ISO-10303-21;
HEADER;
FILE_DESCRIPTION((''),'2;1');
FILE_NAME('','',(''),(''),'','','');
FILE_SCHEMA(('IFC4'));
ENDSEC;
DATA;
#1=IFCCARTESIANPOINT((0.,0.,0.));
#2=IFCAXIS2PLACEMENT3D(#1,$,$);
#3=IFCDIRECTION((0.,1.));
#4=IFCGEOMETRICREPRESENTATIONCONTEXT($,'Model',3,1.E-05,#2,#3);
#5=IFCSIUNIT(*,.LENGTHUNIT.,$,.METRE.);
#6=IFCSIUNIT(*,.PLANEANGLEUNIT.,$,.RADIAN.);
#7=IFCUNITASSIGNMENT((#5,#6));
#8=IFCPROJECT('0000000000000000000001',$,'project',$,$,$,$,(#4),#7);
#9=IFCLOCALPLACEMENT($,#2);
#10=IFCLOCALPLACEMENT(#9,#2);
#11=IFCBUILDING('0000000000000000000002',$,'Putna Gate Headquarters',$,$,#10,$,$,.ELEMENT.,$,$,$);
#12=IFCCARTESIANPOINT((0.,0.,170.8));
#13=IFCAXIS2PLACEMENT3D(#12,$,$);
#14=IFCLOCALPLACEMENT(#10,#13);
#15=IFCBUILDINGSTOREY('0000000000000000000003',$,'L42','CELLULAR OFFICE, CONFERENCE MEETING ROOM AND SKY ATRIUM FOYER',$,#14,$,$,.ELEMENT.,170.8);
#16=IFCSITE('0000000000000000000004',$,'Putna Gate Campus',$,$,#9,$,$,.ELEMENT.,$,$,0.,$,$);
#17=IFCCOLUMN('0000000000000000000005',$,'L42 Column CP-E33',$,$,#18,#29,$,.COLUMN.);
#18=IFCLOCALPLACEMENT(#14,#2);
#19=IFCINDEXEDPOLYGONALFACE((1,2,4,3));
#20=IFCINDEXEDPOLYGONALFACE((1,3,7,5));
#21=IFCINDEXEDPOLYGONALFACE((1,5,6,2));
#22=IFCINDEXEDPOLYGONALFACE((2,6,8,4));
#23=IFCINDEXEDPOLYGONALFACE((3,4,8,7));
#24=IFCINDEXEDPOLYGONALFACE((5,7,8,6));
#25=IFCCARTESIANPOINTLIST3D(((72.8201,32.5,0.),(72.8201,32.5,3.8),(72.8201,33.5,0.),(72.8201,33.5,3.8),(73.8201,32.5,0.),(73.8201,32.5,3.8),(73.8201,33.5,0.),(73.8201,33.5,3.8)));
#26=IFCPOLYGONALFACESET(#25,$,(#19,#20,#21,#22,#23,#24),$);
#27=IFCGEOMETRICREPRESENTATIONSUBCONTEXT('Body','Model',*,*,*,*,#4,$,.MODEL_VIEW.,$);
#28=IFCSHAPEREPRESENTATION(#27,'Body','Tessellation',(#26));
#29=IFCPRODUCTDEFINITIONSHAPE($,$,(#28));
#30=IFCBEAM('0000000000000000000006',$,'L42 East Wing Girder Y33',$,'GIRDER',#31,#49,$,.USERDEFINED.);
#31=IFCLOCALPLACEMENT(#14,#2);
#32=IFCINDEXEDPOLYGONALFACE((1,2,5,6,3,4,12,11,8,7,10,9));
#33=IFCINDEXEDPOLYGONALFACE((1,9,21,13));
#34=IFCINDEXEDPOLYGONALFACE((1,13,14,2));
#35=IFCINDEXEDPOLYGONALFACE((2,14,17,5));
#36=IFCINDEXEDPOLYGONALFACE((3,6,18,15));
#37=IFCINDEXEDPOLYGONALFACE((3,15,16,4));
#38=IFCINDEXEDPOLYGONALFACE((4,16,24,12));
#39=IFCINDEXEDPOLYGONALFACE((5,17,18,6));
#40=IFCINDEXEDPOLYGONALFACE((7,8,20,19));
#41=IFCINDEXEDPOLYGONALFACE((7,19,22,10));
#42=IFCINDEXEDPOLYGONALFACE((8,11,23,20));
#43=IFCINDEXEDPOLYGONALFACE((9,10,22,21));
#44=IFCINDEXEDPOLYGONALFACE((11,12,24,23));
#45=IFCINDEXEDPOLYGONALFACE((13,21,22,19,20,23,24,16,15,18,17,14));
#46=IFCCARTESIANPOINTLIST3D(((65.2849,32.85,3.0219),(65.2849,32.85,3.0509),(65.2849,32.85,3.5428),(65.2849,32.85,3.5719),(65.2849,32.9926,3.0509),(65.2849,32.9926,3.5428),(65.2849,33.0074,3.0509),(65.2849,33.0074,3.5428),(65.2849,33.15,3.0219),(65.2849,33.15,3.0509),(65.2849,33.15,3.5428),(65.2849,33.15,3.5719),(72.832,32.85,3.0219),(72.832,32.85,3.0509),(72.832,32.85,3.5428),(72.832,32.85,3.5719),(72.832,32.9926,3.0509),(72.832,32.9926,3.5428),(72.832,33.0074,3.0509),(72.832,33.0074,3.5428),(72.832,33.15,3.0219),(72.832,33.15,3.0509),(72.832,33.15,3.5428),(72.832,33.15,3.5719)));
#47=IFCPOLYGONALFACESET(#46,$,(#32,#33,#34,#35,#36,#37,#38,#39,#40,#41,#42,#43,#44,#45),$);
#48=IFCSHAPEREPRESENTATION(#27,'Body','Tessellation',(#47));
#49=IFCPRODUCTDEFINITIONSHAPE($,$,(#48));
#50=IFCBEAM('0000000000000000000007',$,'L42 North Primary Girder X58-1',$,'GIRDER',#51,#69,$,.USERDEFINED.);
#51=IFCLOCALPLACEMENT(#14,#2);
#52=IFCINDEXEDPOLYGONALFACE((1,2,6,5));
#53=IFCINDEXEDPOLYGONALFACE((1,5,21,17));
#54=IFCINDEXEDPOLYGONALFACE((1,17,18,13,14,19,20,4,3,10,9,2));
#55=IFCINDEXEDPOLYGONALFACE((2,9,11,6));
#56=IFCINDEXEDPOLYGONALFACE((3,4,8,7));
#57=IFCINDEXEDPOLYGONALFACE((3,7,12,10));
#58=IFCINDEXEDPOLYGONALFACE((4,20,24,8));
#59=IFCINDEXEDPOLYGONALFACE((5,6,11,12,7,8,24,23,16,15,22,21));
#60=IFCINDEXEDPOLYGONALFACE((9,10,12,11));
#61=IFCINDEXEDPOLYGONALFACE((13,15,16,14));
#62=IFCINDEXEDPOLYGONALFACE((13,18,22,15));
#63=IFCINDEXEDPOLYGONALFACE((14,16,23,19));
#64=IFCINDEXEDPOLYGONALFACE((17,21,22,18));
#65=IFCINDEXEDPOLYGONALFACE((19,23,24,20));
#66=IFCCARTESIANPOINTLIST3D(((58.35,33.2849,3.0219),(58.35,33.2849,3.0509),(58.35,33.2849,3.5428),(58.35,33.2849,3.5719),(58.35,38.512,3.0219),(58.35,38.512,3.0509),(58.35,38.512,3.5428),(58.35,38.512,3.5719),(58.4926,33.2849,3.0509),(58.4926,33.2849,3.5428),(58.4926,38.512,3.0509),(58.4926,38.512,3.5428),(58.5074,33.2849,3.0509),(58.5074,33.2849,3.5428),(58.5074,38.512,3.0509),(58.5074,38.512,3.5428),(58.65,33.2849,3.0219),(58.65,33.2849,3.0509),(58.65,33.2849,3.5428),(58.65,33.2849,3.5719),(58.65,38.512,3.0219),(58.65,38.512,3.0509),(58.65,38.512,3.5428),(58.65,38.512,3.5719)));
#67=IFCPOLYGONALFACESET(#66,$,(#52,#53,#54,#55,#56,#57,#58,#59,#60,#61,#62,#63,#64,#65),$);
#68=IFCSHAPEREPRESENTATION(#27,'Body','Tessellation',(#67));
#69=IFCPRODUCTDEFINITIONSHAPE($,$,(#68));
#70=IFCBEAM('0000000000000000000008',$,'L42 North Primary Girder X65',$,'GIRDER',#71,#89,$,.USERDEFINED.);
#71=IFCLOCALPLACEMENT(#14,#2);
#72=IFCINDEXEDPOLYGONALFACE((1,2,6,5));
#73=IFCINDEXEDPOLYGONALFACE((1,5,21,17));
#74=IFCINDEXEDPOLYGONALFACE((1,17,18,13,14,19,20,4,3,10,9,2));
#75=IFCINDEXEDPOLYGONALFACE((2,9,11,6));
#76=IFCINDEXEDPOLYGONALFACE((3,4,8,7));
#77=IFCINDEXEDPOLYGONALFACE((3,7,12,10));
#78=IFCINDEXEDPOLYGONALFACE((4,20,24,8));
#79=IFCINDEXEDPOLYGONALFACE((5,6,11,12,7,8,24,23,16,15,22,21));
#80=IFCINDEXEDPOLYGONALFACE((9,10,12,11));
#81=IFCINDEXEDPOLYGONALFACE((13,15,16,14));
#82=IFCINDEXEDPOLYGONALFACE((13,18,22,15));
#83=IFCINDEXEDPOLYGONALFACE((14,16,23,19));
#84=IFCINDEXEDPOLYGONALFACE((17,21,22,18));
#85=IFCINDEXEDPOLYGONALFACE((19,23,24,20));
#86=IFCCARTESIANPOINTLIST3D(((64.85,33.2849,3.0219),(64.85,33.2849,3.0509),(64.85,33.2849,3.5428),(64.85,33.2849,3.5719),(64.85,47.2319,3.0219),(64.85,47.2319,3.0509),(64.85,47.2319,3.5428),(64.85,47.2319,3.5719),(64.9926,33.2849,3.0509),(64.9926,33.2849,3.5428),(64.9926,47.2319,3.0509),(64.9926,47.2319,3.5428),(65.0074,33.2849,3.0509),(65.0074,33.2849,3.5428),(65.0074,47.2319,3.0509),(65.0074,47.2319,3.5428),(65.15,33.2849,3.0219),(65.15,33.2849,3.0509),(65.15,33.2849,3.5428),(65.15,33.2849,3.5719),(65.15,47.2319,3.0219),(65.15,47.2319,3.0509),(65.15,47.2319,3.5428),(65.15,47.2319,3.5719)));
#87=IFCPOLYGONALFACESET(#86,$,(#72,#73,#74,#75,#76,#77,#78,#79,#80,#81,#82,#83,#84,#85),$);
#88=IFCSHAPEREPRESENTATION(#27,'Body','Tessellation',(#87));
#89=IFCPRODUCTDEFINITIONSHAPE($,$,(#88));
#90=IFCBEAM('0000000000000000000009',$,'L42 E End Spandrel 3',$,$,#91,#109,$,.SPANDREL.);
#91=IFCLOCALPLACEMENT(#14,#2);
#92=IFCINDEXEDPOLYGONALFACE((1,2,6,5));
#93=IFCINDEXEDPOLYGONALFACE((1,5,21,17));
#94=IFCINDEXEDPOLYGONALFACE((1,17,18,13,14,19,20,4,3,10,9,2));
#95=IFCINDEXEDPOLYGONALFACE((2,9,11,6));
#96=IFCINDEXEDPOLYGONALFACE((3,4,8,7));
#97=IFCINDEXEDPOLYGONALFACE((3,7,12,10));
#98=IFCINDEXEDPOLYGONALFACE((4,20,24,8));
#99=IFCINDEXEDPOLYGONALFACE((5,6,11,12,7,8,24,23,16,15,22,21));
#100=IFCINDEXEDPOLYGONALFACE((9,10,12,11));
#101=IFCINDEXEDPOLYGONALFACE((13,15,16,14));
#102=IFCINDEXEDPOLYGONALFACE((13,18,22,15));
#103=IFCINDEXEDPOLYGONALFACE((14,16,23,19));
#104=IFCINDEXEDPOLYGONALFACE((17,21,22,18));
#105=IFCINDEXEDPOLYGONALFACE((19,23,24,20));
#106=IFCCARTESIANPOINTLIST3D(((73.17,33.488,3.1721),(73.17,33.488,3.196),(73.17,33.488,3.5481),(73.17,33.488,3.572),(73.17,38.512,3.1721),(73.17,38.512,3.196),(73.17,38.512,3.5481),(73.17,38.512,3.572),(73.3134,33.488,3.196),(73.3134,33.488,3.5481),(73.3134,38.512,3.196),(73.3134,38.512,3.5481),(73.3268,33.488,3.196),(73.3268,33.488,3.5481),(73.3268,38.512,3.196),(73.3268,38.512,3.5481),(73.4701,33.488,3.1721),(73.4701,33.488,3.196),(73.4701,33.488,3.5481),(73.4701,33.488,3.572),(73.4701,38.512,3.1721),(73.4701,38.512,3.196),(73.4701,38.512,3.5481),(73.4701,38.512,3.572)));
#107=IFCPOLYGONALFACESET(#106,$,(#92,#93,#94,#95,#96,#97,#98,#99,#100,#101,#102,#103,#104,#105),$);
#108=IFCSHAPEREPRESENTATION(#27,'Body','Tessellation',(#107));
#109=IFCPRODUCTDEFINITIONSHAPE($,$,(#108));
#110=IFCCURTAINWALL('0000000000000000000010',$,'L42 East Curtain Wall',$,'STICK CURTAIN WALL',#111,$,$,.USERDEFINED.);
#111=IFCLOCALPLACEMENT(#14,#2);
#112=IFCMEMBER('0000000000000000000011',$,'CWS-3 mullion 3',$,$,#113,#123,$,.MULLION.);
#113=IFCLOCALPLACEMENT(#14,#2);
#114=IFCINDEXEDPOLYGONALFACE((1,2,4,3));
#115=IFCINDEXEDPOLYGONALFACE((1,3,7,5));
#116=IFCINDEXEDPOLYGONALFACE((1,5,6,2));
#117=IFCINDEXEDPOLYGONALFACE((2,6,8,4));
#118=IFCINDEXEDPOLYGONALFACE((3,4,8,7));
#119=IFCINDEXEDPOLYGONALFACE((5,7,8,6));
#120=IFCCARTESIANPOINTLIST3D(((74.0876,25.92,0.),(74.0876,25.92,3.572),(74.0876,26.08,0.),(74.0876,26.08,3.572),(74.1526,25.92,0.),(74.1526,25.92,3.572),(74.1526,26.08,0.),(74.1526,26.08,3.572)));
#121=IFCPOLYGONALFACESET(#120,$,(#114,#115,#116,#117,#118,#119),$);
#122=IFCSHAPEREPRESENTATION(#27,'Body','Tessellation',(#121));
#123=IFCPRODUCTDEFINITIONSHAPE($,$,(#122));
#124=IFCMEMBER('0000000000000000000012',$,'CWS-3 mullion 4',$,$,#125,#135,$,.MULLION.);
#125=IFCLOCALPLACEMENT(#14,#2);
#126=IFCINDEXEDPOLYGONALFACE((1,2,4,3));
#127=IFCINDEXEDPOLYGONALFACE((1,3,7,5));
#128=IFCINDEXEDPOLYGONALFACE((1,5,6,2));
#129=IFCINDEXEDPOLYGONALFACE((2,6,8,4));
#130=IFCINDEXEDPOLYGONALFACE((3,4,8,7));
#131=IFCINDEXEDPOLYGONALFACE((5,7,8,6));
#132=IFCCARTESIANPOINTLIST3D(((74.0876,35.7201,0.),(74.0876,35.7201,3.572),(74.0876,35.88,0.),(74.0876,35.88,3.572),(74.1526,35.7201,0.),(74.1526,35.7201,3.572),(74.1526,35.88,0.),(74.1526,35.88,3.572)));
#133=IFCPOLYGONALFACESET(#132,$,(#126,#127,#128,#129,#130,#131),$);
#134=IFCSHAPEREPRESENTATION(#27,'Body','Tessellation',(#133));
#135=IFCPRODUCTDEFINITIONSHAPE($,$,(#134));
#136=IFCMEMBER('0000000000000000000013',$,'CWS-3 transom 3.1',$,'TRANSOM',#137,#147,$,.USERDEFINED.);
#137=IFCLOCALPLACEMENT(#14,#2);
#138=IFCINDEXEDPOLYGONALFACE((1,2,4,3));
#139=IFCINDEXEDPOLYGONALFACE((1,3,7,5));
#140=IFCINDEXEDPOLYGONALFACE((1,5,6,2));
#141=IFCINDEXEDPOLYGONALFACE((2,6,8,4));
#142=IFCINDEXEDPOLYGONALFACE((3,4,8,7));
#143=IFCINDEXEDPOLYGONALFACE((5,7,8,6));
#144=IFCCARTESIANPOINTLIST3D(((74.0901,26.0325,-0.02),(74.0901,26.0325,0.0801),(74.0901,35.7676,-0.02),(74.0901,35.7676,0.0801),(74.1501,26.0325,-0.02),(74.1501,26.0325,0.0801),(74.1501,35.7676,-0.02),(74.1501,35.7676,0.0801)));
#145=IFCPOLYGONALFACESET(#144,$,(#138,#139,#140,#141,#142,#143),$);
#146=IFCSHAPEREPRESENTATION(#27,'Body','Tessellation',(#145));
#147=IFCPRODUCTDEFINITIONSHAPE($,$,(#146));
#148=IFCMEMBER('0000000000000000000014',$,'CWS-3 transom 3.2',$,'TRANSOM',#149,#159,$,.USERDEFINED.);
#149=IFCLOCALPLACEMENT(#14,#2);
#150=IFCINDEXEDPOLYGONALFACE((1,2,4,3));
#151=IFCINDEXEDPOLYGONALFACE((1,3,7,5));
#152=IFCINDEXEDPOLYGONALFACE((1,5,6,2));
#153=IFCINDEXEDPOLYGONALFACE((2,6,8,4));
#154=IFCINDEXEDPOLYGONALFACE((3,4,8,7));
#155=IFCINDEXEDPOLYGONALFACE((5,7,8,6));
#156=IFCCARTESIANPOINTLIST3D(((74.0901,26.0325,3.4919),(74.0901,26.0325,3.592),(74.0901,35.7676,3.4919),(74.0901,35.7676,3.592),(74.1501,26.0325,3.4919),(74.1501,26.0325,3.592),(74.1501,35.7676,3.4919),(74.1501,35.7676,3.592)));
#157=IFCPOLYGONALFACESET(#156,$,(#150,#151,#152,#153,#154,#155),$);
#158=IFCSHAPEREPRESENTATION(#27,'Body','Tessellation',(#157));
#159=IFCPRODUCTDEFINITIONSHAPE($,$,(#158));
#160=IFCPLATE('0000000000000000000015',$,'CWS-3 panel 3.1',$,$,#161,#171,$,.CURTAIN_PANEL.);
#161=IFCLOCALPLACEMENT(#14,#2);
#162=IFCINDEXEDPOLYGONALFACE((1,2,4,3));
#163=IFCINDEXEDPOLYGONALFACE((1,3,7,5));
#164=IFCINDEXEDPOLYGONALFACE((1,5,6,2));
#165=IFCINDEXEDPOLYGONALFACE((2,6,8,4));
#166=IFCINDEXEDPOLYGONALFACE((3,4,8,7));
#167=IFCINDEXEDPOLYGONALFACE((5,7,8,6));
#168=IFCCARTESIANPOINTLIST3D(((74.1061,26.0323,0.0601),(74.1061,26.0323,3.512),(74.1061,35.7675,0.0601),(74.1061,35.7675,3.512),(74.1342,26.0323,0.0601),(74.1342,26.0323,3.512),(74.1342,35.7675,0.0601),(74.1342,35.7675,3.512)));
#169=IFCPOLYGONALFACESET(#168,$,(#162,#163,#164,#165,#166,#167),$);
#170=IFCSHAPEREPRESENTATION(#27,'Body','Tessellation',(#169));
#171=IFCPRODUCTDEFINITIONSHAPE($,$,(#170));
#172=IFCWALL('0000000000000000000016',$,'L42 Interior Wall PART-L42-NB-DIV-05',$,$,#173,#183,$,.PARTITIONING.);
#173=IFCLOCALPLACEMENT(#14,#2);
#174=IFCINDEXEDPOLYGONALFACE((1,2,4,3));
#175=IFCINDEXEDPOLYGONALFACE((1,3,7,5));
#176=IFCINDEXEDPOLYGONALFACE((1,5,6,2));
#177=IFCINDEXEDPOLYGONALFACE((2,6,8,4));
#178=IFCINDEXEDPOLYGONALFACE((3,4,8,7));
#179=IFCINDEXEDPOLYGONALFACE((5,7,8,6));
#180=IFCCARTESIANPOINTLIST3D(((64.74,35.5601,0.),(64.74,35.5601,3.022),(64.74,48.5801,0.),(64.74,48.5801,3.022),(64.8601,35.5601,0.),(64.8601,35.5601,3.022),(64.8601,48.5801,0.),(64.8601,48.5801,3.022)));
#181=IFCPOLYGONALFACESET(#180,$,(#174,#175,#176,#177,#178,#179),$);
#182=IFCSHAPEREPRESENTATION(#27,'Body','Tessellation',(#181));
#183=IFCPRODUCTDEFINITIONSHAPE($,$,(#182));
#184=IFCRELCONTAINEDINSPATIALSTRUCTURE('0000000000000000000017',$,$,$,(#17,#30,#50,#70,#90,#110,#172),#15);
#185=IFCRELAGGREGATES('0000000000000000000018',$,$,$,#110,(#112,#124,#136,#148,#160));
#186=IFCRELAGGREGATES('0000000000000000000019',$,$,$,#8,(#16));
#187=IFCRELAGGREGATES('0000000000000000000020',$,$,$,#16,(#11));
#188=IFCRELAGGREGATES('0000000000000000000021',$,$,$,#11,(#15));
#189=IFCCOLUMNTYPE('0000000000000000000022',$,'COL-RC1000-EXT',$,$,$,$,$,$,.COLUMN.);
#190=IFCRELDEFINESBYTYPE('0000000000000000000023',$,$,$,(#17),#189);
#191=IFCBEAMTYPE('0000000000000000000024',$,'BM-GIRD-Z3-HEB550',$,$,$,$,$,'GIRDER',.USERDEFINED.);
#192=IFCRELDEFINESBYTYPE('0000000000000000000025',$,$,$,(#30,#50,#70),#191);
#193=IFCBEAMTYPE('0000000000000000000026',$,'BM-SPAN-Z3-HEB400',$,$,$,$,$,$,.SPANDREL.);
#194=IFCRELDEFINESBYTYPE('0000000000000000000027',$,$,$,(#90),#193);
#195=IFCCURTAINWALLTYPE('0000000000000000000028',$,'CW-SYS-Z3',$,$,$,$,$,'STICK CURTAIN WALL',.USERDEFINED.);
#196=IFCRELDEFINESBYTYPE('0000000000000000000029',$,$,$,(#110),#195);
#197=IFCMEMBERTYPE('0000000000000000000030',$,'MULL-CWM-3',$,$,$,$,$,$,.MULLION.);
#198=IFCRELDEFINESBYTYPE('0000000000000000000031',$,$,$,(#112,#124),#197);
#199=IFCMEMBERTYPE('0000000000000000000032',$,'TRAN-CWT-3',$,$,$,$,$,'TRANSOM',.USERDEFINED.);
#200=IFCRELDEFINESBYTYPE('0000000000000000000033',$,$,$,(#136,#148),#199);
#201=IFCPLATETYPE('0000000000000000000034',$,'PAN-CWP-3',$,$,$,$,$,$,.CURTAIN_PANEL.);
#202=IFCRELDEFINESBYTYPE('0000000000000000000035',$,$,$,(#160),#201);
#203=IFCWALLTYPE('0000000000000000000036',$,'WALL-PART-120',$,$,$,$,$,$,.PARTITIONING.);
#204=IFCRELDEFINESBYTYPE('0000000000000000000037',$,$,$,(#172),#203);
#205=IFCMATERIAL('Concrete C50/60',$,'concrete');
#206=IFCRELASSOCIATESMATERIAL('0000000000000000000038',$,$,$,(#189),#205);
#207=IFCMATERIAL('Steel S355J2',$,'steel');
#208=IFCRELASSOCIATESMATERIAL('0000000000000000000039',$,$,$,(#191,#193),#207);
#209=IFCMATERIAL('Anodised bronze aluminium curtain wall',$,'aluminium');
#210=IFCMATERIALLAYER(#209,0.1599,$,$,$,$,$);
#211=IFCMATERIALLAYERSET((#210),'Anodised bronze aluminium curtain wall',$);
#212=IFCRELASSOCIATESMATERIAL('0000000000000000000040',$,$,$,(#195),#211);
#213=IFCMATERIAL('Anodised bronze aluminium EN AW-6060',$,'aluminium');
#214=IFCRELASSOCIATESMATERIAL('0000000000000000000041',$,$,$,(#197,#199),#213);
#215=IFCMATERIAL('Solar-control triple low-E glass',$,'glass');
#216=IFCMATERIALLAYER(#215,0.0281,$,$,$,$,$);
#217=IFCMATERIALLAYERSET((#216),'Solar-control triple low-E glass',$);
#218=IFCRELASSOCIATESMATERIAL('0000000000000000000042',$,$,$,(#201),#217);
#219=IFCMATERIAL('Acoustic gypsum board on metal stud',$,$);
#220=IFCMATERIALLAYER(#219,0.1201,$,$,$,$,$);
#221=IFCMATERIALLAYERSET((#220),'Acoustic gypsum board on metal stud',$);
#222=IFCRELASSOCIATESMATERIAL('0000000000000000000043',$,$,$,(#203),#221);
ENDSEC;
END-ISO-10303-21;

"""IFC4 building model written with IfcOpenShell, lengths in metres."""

from ifc_helpers import new_model, si_unit, direction, frame, frame_2d, origin, origin_2d, place, context, subcontext, project, spatial, rectangle, i_section, extrude, material, layer, layer_set, material_profile, profile_set, type_object, element, aggregate, save


model = new_model("IFC4")

# Units and contexts
model_context = context("Model", 3, precision=1e-05, world=origin(), true_north=direction((0.0, 1.0)))
body_context = subcontext(model_context, "Body", "Model", "MODEL_VIEW")
ifc_project = project(units=[si_unit("LENGTHUNIT", "METRE"), si_unit("PLANEANGLEUNIT", "RADIAN")], contexts=[model_context])

# Site, building, storey
site_placement = place(None, origin())
site = spatial("IfcSite", under=ifc_project, at=site_placement, Name="Putna Gate Campus", CompositionType="ELEMENT", RefElevation=0.0)
building_placement = place(site_placement, origin())
building = spatial("IfcBuilding", under=site, at=building_placement, Name="Putna Gate Headquarters", CompositionType="ELEMENT")
storey_placement = place(building_placement, frame((0.0, 0.0, 170.8)))
storey = spatial("IfcBuildingStorey", under=building, at=storey_placement, Name="L42", Description="CELLULAR OFFICE, CONFERENCE MEETING ROOM AND SKY ATRIUM FOYER", CompositionType="ELEMENT", Elevation=170.8)

# Column
ifc_material_1 = material(Name="Concrete C50/60", Category="concrete")
ifc_material_profile_1 = material_profile(ifc_material_1, rectangle(XDim=1.0, YDim=1.0, at=origin_2d()), Name="Concrete C50/60")
ifc_profile_set_1 = profile_set([ifc_material_profile_1], Name="Concrete C50/60")
column_type = type_object("IfcColumnType", Name="COL-RC1000-EXT", PredefinedType="COLUMN", material=ifc_profile_set_1)
column_placement = place(storey_placement, frame((73.3201, 33.0, 0.0), z_axis=(0.0, 0.0, 1.0), x_axis=(1.0, 0.0, 0.0)))
element("IfcColumn", 1, at=column_placement, inside=storey, type_object=column_type, Name="L42 Column CP-E33", PredefinedType="COLUMN", context=body_context, shape_type="SweptSolid", body=[
    extrude(rectangle(XDim=1.0, YDim=1.0, at=origin_2d()), origin(), (0.0, 0.0, 1.0), 3.8),
])

# Beams
ifc_material_2 = material(Name="Steel S355J2", Category="steel")
ifc_material_profile_2 = material_profile(ifc_material_2, i_section(OverallWidth=0.3, OverallDepth=0.55, WebThickness=0.0149, FlangeThickness=0.0291, at=origin_2d()), Name="Steel S355J2")
ifc_profile_set_2 = profile_set([ifc_material_profile_2], Name="Steel S355J2")
beam_type_1 = type_object("IfcBeamType", Name="BM-GIRD-Z3-HEB550", ElementType="GIRDER", PredefinedType="USERDEFINED", material=ifc_profile_set_2)
beam_1_placement = place(storey_placement, frame((65.2849, 33.0, 3.2969), z_axis=(1.0, 0.0, 0.0), x_axis=(0.0, 1.0, 0.0)))
element("IfcBeam", 2, at=beam_1_placement, inside=storey, type_object=beam_type_1, Name="L42 East Wing Girder Y33", ObjectType="GIRDER", PredefinedType="USERDEFINED", context=body_context, shape_type="SweptSolid", body=[
    extrude(i_section(OverallWidth=0.3, OverallDepth=0.55, WebThickness=0.0149, FlangeThickness=0.0291, at=origin_2d()), origin(), (0.0, 0.0, 1.0), 7.5471),
])
beam_2_placement = place(storey_placement, frame((58.5, 33.2849, 3.2969), z_axis=(0.0, 1.0, 0.0), x_axis=(-1.0, 0.0, 0.0)))
element("IfcBeam", 3, at=beam_2_placement, inside=storey, type_object=beam_type_1, Name="L42 North Primary Girder X58-1", ObjectType="GIRDER", PredefinedType="USERDEFINED", context=body_context, shape_type="SweptSolid", body=[
    extrude(i_section(OverallWidth=0.3, OverallDepth=0.55, WebThickness=0.0149, FlangeThickness=0.0291, at=origin_2d()), origin(), (0.0, 0.0, 1.0), 5.2271),
])
beam_3_placement = place(storey_placement, frame((65.0, 33.2849, 3.2969), z_axis=(0.0, 1.0, 0.0), x_axis=(-1.0, 0.0, 0.0)))
element("IfcBeam", 4, at=beam_3_placement, inside=storey, type_object=beam_type_1, Name="L42 North Primary Girder X65", ObjectType="GIRDER", PredefinedType="USERDEFINED", context=body_context, shape_type="SweptSolid", body=[
    extrude(i_section(OverallWidth=0.3, OverallDepth=0.55, WebThickness=0.0149, FlangeThickness=0.0291, at=origin_2d()), origin(), (0.0, 0.0, 1.0), 13.947),
])
ifc_material_profile_3 = material_profile(ifc_material_2, i_section(OverallWidth=0.3, OverallDepth=0.3999, WebThickness=0.0134, FlangeThickness=0.0239, at=origin_2d()), Name="Steel S355J2")
ifc_profile_set_3 = profile_set([ifc_material_profile_3], Name="Steel S355J2")
beam_type_2 = type_object("IfcBeamType", Name="BM-SPAN-Z3-HEB400", PredefinedType="SPANDREL", material=ifc_profile_set_3)
beam_4_placement = place(storey_placement, frame((73.3201, 33.488, 3.3721), z_axis=(0.0, 1.0, 0.0), x_axis=(-1.0, 0.0, 0.0)))
element("IfcBeam", 5, at=beam_4_placement, inside=storey, type_object=beam_type_2, Name="L42 E End Spandrel 3", PredefinedType="SPANDREL", context=body_context, shape_type="SweptSolid", body=[
    extrude(i_section(OverallWidth=0.3, OverallDepth=0.3999, WebThickness=0.0134, FlangeThickness=0.0239, at=origin_2d()), origin(), (0.0, 0.0, 1.0), 5.0239),
])

# Curtain wall, members, plate
ifc_material_3 = material(Name="Anodised bronze aluminium curtain wall", Category="aluminium")
ifc_layer_1 = layer(ifc_material_3, 0.1599)
ifc_layer_set_1 = layer_set([ifc_layer_1], Name="Anodised bronze aluminium curtain wall")
curtain_wall_type = type_object("IfcCurtainWallType", Name="CW-SYS-Z3", ElementType="STICK CURTAIN WALL", PredefinedType="USERDEFINED", material=ifc_layer_set_1)
curtain_wall_placement = place(storey_placement, origin())
curtain_wall = element("IfcCurtainWall", 6, at=curtain_wall_placement, inside=storey, type_object=curtain_wall_type, Name="L42 East Curtain Wall", ObjectType="STICK CURTAIN WALL", PredefinedType="USERDEFINED")
ifc_material_4 = material(Name="Anodised bronze aluminium EN AW-6060", Category="aluminium")
ifc_material_profile_4 = material_profile(ifc_material_4, rectangle(XDim=0.0649, YDim=0.1599, at=origin_2d()), Name="Anodised bronze aluminium EN AW-6060")
ifc_profile_set_4 = profile_set([ifc_material_profile_4], Name="Anodised bronze aluminium EN AW-6060")
member_type_1 = type_object("IfcMemberType", Name="MULL-CWM-3", PredefinedType="MULLION", material=ifc_profile_set_4)
member_1_placement = place(storey_placement, frame((74.1201, 26.0, 0.0), z_axis=(0.0, 0.0, 1.0), x_axis=(-1.0, 0.0, 0.0)))
member_1 = element("IfcMember", 7, at=member_1_placement, type_object=member_type_1, Name="CWS-3 mullion 3", PredefinedType="MULLION", context=body_context, shape_type="SweptSolid", body=[
    extrude(rectangle(XDim=0.0649, YDim=0.1599, at=origin_2d()), origin(), (0.0, 0.0, 1.0), 3.572),
])
member_2_placement = place(storey_placement, frame((74.1201, 35.8, 0.0), z_axis=(0.0, 0.0, 1.0), x_axis=(-1.0, 0.0, 0.0)))
member_2 = element("IfcMember", 8, at=member_2_placement, type_object=member_type_1, Name="CWS-3 mullion 4", PredefinedType="MULLION", context=body_context, shape_type="SweptSolid", body=[
    extrude(rectangle(XDim=0.0649, YDim=0.1599, at=origin_2d()), origin(), (0.0, 0.0, 1.0), 3.572),
])
ifc_material_profile_5 = material_profile(ifc_material_4, rectangle(XDim=0.0601, YDim=0.1001, at=origin_2d()), Name="Anodised bronze aluminium EN AW-6060")
ifc_profile_set_5 = profile_set([ifc_material_profile_5], Name="Anodised bronze aluminium EN AW-6060")
member_type_2 = type_object("IfcMemberType", Name="TRAN-CWT-3", ElementType="TRANSOM", PredefinedType="USERDEFINED", material=ifc_profile_set_5)
member_3_placement = place(storey_placement, frame((74.1201, 26.0325, 0.03), z_axis=(0.0, 1.0, 0.0), x_axis=(-1.0, 0.0, 0.0)))
member_3 = element("IfcMember", 9, at=member_3_placement, type_object=member_type_2, Name="CWS-3 transom 3.1", ObjectType="TRANSOM", PredefinedType="USERDEFINED", context=body_context, shape_type="SweptSolid", body=[
    extrude(rectangle(XDim=0.0601, YDim=0.1001, at=origin_2d()), origin(), (0.0, 0.0, 1.0), 9.7351),
])
member_4_placement = place(storey_placement, frame((74.1201, 26.0325, 3.542), z_axis=(0.0, 1.0, 0.0), x_axis=(-1.0, 0.0, 0.0)))
member_4 = element("IfcMember", 10, at=member_4_placement, type_object=member_type_2, Name="CWS-3 transom 3.2", ObjectType="TRANSOM", PredefinedType="USERDEFINED", context=body_context, shape_type="SweptSolid", body=[
    extrude(rectangle(XDim=0.0601, YDim=0.1001, at=origin_2d()), origin(), (0.0, 0.0, 1.0), 9.7351),
])
ifc_material_5 = material(Name="Solar-control triple low-E glass", Category="glass")
ifc_layer_2 = layer(ifc_material_5, 0.0281)
ifc_layer_set_2 = layer_set([ifc_layer_2], Name="Solar-control triple low-E glass")
plate_type = type_object("IfcPlateType", Name="PAN-CWP-3", PredefinedType="CURTAIN_PANEL", material=ifc_layer_set_2)
plate_placement = place(storey_placement, frame((74.1201, 30.8999, 0.0601), z_axis=(0.0, 0.0, 1.0), x_axis=(0.0, 1.0, 0.0)))
plate = element("IfcPlate", 11, at=plate_placement, type_object=plate_type, Name="CWS-3 panel 3.1", PredefinedType="CURTAIN_PANEL", context=body_context, shape_type="SweptSolid", body=[
    extrude(rectangle(XDim=9.7351, YDim=0.0281, at=origin_2d()), origin(), (0.0, 0.0, 1.0), 3.4519),
])
aggregate(curtain_wall, [member_1, member_2, member_3, member_4, plate])

# Wall
ifc_material_6 = material(Name="Acoustic gypsum board on metal stud")
ifc_layer_3 = layer(ifc_material_6, 0.1201)
ifc_layer_set_3 = layer_set([ifc_layer_3], Name="Acoustic gypsum board on metal stud")
wall_type_1 = type_object("IfcWallType", Name="WALL-PART-120", PredefinedType="PARTITIONING", material=ifc_layer_set_3)
wall_1_placement = place(storey_placement, frame((64.8, 35.5601, 0.0), z_axis=(0.0, 0.0, 1.0), x_axis=(0.0, 1.0, 0.0)))
element("IfcWall", 12, at=wall_1_placement, inside=storey, type_object=wall_type_1, Name="L42 Interior Wall PART-L42-NB-DIV-05", PredefinedType="PARTITIONING", context=body_context, shape_type="SweptSolid", body=[
    extrude(rectangle(XDim=13.02, YDim=0.1201, at=frame_2d((6.51, 0.0))), origin(), (0.0, 0.0, 1.0), 3.022),
])

save(model, "model.ifc")
